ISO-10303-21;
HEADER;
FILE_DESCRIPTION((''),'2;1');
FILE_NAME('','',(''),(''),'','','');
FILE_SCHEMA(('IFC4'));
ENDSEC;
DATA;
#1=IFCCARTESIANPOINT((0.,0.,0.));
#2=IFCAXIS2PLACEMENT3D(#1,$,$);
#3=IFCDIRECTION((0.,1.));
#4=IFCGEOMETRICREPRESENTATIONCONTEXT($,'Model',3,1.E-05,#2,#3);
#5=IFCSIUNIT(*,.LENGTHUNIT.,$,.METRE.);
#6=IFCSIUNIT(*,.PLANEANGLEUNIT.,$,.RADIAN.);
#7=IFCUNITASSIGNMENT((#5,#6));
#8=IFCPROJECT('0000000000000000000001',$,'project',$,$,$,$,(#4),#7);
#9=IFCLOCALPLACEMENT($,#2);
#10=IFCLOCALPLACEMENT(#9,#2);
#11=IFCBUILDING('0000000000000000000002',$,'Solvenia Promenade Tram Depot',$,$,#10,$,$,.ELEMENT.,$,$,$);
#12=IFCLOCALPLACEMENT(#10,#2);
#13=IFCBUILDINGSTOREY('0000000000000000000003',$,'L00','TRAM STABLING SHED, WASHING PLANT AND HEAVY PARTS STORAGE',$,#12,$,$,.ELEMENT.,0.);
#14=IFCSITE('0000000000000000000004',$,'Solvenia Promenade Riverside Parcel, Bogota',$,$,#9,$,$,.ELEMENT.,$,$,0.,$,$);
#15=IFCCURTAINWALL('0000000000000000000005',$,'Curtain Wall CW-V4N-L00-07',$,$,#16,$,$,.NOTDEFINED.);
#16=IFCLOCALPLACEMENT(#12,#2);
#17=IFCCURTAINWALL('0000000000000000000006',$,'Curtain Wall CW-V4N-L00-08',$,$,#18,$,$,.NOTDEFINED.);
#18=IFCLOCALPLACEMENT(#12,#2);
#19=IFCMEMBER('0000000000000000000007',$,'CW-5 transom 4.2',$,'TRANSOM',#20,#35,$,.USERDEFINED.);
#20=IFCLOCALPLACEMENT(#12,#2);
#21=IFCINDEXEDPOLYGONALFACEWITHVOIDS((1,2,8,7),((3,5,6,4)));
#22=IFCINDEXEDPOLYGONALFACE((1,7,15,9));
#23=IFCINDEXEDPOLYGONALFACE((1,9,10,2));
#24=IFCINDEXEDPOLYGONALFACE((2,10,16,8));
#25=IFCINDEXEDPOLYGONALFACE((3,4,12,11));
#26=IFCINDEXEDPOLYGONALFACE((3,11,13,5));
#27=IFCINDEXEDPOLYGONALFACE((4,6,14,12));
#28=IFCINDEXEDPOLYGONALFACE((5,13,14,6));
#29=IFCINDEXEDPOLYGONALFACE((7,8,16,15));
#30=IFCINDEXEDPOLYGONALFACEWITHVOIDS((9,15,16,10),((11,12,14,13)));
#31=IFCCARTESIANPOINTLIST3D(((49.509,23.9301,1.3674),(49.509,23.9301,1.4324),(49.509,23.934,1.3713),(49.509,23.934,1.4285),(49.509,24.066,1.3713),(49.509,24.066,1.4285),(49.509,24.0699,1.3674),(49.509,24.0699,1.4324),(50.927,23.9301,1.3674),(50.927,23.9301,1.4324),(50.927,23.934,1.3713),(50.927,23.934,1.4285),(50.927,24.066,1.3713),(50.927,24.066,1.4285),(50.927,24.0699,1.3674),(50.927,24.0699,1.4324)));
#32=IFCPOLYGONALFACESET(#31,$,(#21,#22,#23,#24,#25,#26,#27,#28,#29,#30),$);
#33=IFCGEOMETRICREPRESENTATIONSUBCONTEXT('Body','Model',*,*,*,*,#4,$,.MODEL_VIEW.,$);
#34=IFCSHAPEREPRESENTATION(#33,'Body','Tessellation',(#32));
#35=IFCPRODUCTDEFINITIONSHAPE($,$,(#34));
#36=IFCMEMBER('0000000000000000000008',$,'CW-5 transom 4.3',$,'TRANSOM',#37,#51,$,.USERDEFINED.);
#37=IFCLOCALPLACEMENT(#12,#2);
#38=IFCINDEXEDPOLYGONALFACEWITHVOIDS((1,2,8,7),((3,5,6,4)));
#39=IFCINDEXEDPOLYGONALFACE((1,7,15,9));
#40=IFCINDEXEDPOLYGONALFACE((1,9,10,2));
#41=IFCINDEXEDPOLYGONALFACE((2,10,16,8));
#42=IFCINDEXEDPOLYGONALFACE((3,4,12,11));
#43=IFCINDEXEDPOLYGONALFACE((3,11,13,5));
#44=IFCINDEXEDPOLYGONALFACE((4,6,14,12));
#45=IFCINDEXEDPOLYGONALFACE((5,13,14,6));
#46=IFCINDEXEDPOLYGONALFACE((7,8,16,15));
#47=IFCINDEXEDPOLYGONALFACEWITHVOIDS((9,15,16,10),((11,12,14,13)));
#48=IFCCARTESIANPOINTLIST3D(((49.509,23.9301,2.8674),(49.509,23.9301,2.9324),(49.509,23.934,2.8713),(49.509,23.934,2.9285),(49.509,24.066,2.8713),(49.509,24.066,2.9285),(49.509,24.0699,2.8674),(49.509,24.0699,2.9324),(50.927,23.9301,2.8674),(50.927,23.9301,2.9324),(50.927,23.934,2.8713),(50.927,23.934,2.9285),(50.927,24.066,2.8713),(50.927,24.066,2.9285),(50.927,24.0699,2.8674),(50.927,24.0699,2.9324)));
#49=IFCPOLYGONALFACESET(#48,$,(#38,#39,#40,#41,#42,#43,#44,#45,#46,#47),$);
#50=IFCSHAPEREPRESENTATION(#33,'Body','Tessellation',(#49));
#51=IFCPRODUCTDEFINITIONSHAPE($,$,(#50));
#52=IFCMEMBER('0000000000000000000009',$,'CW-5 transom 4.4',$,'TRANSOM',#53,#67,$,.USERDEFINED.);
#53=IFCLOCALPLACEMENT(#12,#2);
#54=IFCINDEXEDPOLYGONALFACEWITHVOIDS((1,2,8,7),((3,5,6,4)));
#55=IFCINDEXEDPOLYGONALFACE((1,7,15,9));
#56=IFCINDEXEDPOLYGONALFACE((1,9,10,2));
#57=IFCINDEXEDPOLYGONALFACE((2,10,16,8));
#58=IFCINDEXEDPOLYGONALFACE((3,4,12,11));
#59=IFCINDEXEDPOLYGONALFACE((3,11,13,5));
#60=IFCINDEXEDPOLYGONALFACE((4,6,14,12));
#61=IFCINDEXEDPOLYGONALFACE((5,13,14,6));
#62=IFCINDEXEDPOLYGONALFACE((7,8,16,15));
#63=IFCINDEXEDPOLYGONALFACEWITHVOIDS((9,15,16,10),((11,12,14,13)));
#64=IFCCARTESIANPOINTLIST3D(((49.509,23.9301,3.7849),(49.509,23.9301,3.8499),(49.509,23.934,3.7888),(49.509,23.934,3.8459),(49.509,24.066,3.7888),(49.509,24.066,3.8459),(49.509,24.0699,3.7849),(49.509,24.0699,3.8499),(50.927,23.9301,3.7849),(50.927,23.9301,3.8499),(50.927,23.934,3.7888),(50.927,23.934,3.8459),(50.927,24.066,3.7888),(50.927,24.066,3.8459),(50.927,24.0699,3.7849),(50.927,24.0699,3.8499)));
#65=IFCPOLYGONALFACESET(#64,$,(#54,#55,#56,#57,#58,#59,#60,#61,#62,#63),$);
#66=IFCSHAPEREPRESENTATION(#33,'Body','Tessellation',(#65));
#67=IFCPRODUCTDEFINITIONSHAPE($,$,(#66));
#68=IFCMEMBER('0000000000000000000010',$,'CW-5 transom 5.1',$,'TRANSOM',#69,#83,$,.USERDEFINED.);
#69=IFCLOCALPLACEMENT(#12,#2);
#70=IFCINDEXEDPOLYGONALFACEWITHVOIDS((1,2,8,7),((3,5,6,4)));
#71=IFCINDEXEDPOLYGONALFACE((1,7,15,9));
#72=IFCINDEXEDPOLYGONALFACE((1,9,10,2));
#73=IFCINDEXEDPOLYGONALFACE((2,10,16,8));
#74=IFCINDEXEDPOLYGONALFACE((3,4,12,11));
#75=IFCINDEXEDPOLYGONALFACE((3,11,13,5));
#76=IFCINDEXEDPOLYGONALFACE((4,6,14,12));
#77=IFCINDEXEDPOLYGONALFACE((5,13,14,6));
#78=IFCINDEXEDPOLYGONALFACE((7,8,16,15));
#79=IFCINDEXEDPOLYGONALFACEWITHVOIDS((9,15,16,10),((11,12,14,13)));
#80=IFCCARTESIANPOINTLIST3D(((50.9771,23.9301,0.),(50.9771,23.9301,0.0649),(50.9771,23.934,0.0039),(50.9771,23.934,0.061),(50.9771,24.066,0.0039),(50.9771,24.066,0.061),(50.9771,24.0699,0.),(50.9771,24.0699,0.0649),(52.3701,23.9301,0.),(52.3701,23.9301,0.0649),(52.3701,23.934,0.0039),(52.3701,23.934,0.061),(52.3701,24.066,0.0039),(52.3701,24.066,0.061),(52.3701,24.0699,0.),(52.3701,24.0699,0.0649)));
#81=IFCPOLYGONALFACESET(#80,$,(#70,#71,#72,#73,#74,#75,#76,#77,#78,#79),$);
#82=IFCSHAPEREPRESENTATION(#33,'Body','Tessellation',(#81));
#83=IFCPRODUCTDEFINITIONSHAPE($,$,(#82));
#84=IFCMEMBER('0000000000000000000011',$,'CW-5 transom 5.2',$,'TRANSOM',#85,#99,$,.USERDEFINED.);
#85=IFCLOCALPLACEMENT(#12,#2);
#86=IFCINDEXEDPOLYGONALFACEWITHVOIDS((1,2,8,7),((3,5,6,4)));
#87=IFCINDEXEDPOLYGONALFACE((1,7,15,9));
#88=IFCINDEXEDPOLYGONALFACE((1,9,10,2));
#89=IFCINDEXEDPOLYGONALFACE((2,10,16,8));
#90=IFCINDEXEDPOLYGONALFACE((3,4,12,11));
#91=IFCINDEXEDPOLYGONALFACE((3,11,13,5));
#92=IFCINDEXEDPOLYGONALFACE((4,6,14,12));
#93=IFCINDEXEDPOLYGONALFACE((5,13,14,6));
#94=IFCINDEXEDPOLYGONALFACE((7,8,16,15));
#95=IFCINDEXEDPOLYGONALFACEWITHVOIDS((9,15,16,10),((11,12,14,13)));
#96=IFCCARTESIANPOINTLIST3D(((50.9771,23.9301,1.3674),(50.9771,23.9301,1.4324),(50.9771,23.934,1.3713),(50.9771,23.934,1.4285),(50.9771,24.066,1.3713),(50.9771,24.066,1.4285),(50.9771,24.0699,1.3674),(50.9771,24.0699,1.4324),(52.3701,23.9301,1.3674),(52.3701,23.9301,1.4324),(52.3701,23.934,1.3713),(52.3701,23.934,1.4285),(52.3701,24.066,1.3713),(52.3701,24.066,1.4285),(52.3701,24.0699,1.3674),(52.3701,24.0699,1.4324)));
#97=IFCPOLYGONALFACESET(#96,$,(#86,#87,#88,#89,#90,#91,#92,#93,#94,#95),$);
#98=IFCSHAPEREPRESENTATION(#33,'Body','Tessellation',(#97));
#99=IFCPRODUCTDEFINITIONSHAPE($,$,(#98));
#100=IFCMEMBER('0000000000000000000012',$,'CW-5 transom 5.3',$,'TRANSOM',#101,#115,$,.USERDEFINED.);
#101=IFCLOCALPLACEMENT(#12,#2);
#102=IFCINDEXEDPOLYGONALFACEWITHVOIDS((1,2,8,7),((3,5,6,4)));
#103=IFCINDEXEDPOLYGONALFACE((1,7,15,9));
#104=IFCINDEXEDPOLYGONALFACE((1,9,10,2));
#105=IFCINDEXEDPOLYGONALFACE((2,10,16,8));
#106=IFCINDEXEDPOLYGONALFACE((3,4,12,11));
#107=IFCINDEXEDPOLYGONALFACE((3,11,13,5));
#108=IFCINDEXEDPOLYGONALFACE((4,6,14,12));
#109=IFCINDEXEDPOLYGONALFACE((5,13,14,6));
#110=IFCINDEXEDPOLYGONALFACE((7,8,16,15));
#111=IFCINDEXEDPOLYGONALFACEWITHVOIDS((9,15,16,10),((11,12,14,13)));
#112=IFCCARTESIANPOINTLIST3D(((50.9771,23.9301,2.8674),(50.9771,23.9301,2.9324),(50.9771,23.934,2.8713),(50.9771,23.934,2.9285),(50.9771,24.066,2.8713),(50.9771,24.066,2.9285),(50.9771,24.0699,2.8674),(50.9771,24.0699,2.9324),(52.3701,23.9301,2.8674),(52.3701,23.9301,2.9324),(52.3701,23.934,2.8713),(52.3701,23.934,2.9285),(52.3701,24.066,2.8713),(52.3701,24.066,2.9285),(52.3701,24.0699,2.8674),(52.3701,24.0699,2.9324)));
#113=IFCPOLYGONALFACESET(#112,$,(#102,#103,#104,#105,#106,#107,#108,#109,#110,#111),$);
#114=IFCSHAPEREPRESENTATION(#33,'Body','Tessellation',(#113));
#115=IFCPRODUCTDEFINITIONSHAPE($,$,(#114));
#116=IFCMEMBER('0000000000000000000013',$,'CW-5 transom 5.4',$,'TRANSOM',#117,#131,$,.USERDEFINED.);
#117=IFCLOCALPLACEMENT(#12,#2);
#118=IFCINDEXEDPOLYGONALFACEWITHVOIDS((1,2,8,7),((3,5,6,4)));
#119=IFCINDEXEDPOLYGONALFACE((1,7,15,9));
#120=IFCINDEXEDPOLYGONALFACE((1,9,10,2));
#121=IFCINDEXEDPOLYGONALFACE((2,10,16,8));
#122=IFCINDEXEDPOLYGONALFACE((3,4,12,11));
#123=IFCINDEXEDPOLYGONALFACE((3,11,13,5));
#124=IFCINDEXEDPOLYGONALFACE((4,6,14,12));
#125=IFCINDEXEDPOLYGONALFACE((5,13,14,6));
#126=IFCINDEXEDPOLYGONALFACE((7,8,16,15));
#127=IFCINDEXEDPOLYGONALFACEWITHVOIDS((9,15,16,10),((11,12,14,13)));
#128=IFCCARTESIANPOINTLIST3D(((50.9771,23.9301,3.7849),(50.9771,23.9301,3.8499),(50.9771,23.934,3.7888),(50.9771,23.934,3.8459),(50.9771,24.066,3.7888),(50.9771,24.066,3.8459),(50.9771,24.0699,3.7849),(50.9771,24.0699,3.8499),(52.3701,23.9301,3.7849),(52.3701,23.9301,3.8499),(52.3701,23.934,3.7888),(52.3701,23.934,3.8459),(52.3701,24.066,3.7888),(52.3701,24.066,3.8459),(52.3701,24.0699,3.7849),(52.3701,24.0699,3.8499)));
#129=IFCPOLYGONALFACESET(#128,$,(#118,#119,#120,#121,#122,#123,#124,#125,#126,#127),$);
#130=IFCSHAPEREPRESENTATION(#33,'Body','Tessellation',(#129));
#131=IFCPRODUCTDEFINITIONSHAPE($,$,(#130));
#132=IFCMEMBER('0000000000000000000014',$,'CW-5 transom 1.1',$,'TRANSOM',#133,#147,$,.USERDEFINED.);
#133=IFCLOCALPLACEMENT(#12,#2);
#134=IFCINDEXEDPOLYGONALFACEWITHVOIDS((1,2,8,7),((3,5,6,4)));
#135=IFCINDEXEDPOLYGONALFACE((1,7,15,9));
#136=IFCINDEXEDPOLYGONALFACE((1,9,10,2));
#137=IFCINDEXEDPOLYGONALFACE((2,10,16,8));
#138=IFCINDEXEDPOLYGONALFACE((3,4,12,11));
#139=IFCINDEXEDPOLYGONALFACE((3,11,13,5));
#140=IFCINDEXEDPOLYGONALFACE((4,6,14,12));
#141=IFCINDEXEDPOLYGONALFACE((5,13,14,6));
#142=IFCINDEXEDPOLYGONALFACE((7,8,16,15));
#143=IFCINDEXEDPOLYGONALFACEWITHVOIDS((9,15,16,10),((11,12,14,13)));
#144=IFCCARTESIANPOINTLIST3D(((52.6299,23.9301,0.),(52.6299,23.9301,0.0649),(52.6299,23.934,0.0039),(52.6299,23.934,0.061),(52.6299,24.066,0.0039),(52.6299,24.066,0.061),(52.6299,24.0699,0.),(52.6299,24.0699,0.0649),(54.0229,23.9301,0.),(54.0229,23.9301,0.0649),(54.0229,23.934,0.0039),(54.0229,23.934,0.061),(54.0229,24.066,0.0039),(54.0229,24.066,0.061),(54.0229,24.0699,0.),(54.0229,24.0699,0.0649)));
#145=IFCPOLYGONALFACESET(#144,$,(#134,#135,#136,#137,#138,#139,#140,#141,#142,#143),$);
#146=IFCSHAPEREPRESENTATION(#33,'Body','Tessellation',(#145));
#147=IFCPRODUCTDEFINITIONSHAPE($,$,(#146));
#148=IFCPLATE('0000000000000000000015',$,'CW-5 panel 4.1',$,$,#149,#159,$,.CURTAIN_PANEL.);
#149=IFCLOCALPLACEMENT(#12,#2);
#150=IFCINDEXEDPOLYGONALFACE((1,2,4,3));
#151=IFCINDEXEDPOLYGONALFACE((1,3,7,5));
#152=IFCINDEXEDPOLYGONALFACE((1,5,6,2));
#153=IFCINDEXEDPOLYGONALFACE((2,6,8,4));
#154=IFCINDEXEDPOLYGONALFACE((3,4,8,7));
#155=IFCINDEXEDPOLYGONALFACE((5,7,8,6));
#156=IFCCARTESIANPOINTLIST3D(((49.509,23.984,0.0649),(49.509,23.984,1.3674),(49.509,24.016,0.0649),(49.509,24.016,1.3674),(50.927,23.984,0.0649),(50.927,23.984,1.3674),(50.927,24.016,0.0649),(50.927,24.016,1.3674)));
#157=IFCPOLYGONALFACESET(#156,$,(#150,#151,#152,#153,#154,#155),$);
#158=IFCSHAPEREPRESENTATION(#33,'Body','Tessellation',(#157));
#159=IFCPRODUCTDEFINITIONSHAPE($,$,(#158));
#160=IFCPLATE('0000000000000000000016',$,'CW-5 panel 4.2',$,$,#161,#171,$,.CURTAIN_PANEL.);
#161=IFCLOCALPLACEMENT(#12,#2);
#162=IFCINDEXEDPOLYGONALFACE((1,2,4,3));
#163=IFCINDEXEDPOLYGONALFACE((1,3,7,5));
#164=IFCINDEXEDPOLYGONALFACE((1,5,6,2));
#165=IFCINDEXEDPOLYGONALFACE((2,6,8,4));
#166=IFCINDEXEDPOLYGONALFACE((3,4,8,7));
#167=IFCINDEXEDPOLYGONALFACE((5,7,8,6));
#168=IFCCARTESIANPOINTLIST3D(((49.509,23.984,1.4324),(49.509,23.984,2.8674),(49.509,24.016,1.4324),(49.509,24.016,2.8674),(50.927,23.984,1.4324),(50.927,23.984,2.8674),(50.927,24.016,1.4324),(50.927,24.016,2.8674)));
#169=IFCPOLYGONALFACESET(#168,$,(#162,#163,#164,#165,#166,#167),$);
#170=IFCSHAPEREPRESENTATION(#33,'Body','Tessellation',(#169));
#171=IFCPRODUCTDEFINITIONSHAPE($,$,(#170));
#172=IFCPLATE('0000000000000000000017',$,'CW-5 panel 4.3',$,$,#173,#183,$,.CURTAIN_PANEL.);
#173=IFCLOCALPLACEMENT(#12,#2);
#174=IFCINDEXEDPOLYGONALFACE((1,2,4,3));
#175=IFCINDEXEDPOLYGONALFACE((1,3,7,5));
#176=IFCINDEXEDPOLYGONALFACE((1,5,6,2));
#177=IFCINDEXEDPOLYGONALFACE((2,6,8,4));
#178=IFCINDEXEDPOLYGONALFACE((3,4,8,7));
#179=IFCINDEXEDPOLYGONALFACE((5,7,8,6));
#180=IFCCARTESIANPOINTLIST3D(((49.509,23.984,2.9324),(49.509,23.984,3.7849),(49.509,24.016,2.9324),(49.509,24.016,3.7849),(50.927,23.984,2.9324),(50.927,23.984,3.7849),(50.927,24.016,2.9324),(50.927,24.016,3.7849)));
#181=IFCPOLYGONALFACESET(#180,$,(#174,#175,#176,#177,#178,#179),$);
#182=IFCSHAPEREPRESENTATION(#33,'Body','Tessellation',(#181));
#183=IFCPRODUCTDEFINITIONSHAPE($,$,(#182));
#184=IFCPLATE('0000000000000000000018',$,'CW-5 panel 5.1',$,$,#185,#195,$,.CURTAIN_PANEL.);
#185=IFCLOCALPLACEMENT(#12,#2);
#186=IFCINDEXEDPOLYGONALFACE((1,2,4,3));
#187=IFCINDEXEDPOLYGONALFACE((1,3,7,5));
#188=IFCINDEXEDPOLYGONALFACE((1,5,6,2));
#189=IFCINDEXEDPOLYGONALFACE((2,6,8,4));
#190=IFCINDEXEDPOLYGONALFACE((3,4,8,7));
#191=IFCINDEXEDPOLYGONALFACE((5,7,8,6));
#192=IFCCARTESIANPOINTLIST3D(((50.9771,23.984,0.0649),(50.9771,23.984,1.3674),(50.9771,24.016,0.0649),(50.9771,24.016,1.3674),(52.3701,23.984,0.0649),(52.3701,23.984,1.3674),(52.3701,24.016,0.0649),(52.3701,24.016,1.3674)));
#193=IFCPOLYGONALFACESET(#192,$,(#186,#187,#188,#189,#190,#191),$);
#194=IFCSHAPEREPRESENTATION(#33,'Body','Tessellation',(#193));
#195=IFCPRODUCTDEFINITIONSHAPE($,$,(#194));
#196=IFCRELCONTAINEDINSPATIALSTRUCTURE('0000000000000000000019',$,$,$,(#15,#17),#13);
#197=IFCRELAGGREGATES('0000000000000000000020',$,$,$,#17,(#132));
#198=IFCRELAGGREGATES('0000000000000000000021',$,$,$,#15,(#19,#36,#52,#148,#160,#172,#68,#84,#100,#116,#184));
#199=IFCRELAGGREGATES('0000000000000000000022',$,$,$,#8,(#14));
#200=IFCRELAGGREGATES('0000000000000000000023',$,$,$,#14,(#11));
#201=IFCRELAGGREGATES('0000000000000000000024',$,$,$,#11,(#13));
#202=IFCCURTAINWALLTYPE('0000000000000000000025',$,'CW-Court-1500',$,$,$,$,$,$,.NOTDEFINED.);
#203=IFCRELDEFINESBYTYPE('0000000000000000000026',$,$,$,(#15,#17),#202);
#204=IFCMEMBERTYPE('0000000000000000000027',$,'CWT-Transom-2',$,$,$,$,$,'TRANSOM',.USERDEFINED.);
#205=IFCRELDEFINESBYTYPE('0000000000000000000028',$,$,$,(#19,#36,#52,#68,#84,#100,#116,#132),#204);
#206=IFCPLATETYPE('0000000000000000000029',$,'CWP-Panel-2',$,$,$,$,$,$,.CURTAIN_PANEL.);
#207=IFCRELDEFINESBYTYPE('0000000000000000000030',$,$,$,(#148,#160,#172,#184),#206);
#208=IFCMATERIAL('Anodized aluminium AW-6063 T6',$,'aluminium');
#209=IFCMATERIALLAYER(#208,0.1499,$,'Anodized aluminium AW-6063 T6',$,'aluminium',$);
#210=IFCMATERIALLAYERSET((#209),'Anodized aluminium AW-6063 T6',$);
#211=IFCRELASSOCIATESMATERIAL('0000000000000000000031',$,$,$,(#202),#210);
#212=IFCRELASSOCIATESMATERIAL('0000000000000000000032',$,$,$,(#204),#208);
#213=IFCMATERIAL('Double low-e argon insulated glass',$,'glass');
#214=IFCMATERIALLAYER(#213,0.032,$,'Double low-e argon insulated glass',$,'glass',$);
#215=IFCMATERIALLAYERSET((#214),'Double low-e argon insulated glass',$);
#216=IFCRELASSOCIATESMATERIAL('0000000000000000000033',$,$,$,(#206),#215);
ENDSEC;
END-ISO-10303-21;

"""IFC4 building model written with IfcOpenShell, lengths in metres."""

from ifc_helpers import new_model, si_unit, direction, frame, origin, origin_2d, place, context, subcontext, project, spatial, rectangle, hollow_rectangle, extrude, material, layer, layer_set, material_profile, profile_set, type_object, element, aggregate, save


model = new_model("IFC4")

# Units and contexts
model_context = context("Model", 3, precision=1e-05, world=origin(), true_north=direction((0.0, 1.0)))
body_context = subcontext(model_context, "Body", "Model", "MODEL_VIEW")
ifc_project = project(units=[si_unit("LENGTHUNIT", "METRE"), si_unit("PLANEANGLEUNIT", "RADIAN")], contexts=[model_context])

# Site, building, storey
site_placement = place(None, origin())
site = spatial("IfcSite", under=ifc_project, at=site_placement, Name="Solvenia Promenade Riverside Parcel, Bogota", CompositionType="ELEMENT", RefElevation=0.0)
building_placement = place(site_placement, origin())
building = spatial("IfcBuilding", under=site, at=building_placement, Name="Solvenia Promenade Tram Depot", CompositionType="ELEMENT")
storey_placement = place(building_placement, origin())
storey = spatial("IfcBuildingStorey", under=building, at=storey_placement, Name="L00", Description="TRAM STABLING SHED, WASHING PLANT AND HEAVY PARTS STORAGE", CompositionType="ELEMENT", Elevation=0.0)

# Curtain wall
ifc_material_1 = material(Name="Anodized aluminium AW-6063 T6", Category="aluminium")
ifc_layer_1 = layer(ifc_material_1, 0.1499, Name="Anodized aluminium AW-6063 T6", Category="aluminium")
ifc_layer_set_1 = layer_set([ifc_layer_1], Name="Anodized aluminium AW-6063 T6")
curtain_wall_type = type_object("IfcCurtainWallType", Name="CW-Court-1500", PredefinedType="NOTDEFINED", material=ifc_layer_set_1)
curtain_wall_1_placement = place(storey_placement, origin())
curtain_wall_1 = element("IfcCurtainWall", 1, at=curtain_wall_1_placement, inside=storey, type_object=curtain_wall_type, Name="Curtain Wall CW-V4N-L00-07", PredefinedType="NOTDEFINED")

# Curtain wall
curtain_wall_2_placement = place(storey_placement, origin())
curtain_wall_2 = element("IfcCurtainWall", 2, at=curtain_wall_2_placement, inside=storey, type_object=curtain_wall_type, Name="Curtain Wall CW-V4N-L00-08", PredefinedType="NOTDEFINED")

# Members
ifc_material_profile_1 = material_profile(ifc_material_1, hollow_rectangle(XDim=0.1399, YDim=0.0649, WallThickness=0.0039, at=origin_2d()), Name="ALU-T2", Category="aluminium")
ifc_profile_set_1 = profile_set([ifc_material_profile_1], Name="Anodized aluminium AW-6063 T6")
member_type_1 = type_object("IfcMemberType", Name="CWT-Transom-2", ElementType="TRANSOM", PredefinedType="USERDEFINED", material=ifc_profile_set_1)
member_1_placement = place(storey_placement, frame((49.509, 24.0, 1.3999), z_axis=(1.0, 0.0, 0.0), x_axis=(0.0, 1.0, 0.0)))
member_1 = element("IfcMember", 3, at=member_1_placement, type_object=member_type_1, Name="CW-5 transom 4.2", ObjectType="TRANSOM", PredefinedType="USERDEFINED", context=body_context, shape_type="SweptSolid", body=[
    extrude(hollow_rectangle(XDim=0.1399, YDim=0.0649, WallThickness=0.0039, at=origin_2d()), origin(), (0.0, 0.0, 1.0), 1.418),
])
member_2_placement = place(storey_placement, frame((49.509, 24.0, 2.8999), z_axis=(1.0, 0.0, 0.0), x_axis=(0.0, 1.0, 0.0)))
member_2 = element("IfcMember", 4, at=member_2_placement, type_object=member_type_1, Name="CW-5 transom 4.3", ObjectType="TRANSOM", PredefinedType="USERDEFINED", context=body_context, shape_type="SweptSolid", body=[
    extrude(hollow_rectangle(XDim=0.1399, YDim=0.0649, WallThickness=0.0039, at=origin_2d()), origin(), (0.0, 0.0, 1.0), 1.418),
])
member_3_placement = place(storey_placement, frame((49.509, 24.0, 3.8174), z_axis=(1.0, 0.0, 0.0), x_axis=(0.0, 1.0, 0.0)))
member_3 = element("IfcMember", 5, at=member_3_placement, type_object=member_type_1, Name="CW-5 transom 4.4", ObjectType="TRANSOM", PredefinedType="USERDEFINED", context=body_context, shape_type="SweptSolid", body=[
    extrude(hollow_rectangle(XDim=0.1399, YDim=0.0649, WallThickness=0.0039, at=origin_2d()), origin(), (0.0, 0.0, 1.0), 1.418),
])
member_4_placement = place(storey_placement, frame((50.9771, 24.0, 0.0325), z_axis=(1.0, 0.0, 0.0), x_axis=(0.0, 1.0, 0.0)))
member_4 = element("IfcMember", 6, at=member_4_placement, type_object=member_type_1, Name="CW-5 transom 5.1", ObjectType="TRANSOM", PredefinedType="USERDEFINED", context=body_context, shape_type="SweptSolid", body=[
    extrude(hollow_rectangle(XDim=0.1399, YDim=0.0649, WallThickness=0.0039, at=origin_2d()), origin(), (0.0, 0.0, 1.0), 1.3931),
])
member_5_placement = place(storey_placement, frame((50.9771, 24.0, 1.3999), z_axis=(1.0, 0.0, 0.0), x_axis=(0.0, 1.0, 0.0)))
member_5 = element("IfcMember", 7, at=member_5_placement, type_object=member_type_1, Name="CW-5 transom 5.2", ObjectType="TRANSOM", PredefinedType="USERDEFINED", context=body_context, shape_type="SweptSolid", body=[
    extrude(hollow_rectangle(XDim=0.1399, YDim=0.0649, WallThickness=0.0039, at=origin_2d()), origin(), (0.0, 0.0, 1.0), 1.3931),
])
member_6_placement = place(storey_placement, frame((50.9771, 24.0, 2.8999), z_axis=(1.0, 0.0, 0.0), x_axis=(0.0, 1.0, 0.0)))
member_6 = element("IfcMember", 8, at=member_6_placement, type_object=member_type_1, Name="CW-5 transom 5.3", ObjectType="TRANSOM", PredefinedType="USERDEFINED", context=body_context, shape_type="SweptSolid", body=[
    extrude(hollow_rectangle(XDim=0.1399, YDim=0.0649, WallThickness=0.0039, at=origin_2d()), origin(), (0.0, 0.0, 1.0), 1.3931),
])
member_7_placement = place(storey_placement, frame((50.9771, 24.0, 3.8174), z_axis=(1.0, 0.0, 0.0), x_axis=(0.0, 1.0, 0.0)))
member_7 = element("IfcMember", 9, at=member_7_placement, type_object=member_type_1, Name="CW-5 transom 5.4", ObjectType="TRANSOM", PredefinedType="USERDEFINED", context=body_context, shape_type="SweptSolid", body=[
    extrude(hollow_rectangle(XDim=0.1399, YDim=0.0649, WallThickness=0.0039, at=origin_2d()), origin(), (0.0, 0.0, 1.0), 1.3931),
])
member_8_placement = place(storey_placement, frame((52.6299, 24.0, 0.0325), z_axis=(1.0, 0.0, 0.0), x_axis=(0.0, 1.0, 0.0)))
member_8 = element("IfcMember", 10, at=member_8_placement, type_object=member_type_1, Name="CW-5 transom 1.1", ObjectType="TRANSOM", PredefinedType="USERDEFINED", context=body_context, shape_type="SweptSolid", body=[
    extrude(hollow_rectangle(XDim=0.1399, YDim=0.0649, WallThickness=0.0039, at=origin_2d()), origin(), (0.0, 0.0, 1.0), 1.3931),
])
aggregate(curtain_wall_2, [member_8])

# Plates
ifc_material_2 = material(Name="Double low-e argon insulated glass", Category="glass")
ifc_layer_2 = layer(ifc_material_2, 0.032, Name="Double low-e argon insulated glass", Category="glass")
ifc_layer_set_2 = layer_set([ifc_layer_2], Name="Double low-e argon insulated glass")
plate_type = type_object("IfcPlateType", Name="CWP-Panel-2", PredefinedType="CURTAIN_PANEL", material=ifc_layer_set_2)
plate_1_placement = place(storey_placement, frame((50.218, 24.0, 0.0649), z_axis=(0.0, 0.0, 1.0), x_axis=(1.0, 0.0, 0.0)))
plate_1 = element("IfcPlate", 11, at=plate_1_placement, type_object=plate_type, Name="CW-5 panel 4.1", PredefinedType="CURTAIN_PANEL", context=body_context, shape_type="SweptSolid", body=[
    extrude(rectangle(XDim=1.418, YDim=0.032, at=origin_2d()), origin(), (0.0, 0.0, 1.0), 1.3025),
])
plate_2_placement = place(storey_placement, frame((50.218, 24.0, 1.4324), z_axis=(0.0, 0.0, 1.0), x_axis=(1.0, 0.0, 0.0)))
plate_2 = element("IfcPlate", 12, at=plate_2_placement, type_object=plate_type, Name="CW-5 panel 4.2", PredefinedType="CURTAIN_PANEL", context=body_context, shape_type="SweptSolid", body=[
    extrude(rectangle(XDim=1.418, YDim=0.032, at=origin_2d()), origin(), (0.0, 0.0, 1.0), 1.4351),
])
plate_3_placement = place(storey_placement, frame((50.218, 24.0, 2.9324), z_axis=(0.0, 0.0, 1.0), x_axis=(1.0, 0.0, 0.0)))
plate_3 = element("IfcPlate", 13, at=plate_3_placement, type_object=plate_type, Name="CW-5 panel 4.3", PredefinedType="CURTAIN_PANEL", context=body_context, shape_type="SweptSolid", body=[
    extrude(rectangle(XDim=1.418, YDim=0.032, at=origin_2d()), origin(), (0.0, 0.0, 1.0), 0.8525),
])
plate_4_placement = place(storey_placement, frame((51.6736, 24.0, 0.0649), z_axis=(0.0, 0.0, 1.0), x_axis=(1.0, 0.0, 0.0)))
plate_4 = element("IfcPlate", 14, at=plate_4_placement, type_object=plate_type, Name="CW-5 panel 5.1", PredefinedType="CURTAIN_PANEL", context=body_context, shape_type="SweptSolid", body=[
    extrude(rectangle(XDim=1.3931, YDim=0.032, at=origin_2d()), origin(), (0.0, 0.0, 1.0), 1.3025),
])
aggregate(curtain_wall_1, [member_1, member_2, member_3, plate_1, plate_2, plate_3, member_4, member_5, member_6, member_7, plate_4])

save(model, "model.ifc")
